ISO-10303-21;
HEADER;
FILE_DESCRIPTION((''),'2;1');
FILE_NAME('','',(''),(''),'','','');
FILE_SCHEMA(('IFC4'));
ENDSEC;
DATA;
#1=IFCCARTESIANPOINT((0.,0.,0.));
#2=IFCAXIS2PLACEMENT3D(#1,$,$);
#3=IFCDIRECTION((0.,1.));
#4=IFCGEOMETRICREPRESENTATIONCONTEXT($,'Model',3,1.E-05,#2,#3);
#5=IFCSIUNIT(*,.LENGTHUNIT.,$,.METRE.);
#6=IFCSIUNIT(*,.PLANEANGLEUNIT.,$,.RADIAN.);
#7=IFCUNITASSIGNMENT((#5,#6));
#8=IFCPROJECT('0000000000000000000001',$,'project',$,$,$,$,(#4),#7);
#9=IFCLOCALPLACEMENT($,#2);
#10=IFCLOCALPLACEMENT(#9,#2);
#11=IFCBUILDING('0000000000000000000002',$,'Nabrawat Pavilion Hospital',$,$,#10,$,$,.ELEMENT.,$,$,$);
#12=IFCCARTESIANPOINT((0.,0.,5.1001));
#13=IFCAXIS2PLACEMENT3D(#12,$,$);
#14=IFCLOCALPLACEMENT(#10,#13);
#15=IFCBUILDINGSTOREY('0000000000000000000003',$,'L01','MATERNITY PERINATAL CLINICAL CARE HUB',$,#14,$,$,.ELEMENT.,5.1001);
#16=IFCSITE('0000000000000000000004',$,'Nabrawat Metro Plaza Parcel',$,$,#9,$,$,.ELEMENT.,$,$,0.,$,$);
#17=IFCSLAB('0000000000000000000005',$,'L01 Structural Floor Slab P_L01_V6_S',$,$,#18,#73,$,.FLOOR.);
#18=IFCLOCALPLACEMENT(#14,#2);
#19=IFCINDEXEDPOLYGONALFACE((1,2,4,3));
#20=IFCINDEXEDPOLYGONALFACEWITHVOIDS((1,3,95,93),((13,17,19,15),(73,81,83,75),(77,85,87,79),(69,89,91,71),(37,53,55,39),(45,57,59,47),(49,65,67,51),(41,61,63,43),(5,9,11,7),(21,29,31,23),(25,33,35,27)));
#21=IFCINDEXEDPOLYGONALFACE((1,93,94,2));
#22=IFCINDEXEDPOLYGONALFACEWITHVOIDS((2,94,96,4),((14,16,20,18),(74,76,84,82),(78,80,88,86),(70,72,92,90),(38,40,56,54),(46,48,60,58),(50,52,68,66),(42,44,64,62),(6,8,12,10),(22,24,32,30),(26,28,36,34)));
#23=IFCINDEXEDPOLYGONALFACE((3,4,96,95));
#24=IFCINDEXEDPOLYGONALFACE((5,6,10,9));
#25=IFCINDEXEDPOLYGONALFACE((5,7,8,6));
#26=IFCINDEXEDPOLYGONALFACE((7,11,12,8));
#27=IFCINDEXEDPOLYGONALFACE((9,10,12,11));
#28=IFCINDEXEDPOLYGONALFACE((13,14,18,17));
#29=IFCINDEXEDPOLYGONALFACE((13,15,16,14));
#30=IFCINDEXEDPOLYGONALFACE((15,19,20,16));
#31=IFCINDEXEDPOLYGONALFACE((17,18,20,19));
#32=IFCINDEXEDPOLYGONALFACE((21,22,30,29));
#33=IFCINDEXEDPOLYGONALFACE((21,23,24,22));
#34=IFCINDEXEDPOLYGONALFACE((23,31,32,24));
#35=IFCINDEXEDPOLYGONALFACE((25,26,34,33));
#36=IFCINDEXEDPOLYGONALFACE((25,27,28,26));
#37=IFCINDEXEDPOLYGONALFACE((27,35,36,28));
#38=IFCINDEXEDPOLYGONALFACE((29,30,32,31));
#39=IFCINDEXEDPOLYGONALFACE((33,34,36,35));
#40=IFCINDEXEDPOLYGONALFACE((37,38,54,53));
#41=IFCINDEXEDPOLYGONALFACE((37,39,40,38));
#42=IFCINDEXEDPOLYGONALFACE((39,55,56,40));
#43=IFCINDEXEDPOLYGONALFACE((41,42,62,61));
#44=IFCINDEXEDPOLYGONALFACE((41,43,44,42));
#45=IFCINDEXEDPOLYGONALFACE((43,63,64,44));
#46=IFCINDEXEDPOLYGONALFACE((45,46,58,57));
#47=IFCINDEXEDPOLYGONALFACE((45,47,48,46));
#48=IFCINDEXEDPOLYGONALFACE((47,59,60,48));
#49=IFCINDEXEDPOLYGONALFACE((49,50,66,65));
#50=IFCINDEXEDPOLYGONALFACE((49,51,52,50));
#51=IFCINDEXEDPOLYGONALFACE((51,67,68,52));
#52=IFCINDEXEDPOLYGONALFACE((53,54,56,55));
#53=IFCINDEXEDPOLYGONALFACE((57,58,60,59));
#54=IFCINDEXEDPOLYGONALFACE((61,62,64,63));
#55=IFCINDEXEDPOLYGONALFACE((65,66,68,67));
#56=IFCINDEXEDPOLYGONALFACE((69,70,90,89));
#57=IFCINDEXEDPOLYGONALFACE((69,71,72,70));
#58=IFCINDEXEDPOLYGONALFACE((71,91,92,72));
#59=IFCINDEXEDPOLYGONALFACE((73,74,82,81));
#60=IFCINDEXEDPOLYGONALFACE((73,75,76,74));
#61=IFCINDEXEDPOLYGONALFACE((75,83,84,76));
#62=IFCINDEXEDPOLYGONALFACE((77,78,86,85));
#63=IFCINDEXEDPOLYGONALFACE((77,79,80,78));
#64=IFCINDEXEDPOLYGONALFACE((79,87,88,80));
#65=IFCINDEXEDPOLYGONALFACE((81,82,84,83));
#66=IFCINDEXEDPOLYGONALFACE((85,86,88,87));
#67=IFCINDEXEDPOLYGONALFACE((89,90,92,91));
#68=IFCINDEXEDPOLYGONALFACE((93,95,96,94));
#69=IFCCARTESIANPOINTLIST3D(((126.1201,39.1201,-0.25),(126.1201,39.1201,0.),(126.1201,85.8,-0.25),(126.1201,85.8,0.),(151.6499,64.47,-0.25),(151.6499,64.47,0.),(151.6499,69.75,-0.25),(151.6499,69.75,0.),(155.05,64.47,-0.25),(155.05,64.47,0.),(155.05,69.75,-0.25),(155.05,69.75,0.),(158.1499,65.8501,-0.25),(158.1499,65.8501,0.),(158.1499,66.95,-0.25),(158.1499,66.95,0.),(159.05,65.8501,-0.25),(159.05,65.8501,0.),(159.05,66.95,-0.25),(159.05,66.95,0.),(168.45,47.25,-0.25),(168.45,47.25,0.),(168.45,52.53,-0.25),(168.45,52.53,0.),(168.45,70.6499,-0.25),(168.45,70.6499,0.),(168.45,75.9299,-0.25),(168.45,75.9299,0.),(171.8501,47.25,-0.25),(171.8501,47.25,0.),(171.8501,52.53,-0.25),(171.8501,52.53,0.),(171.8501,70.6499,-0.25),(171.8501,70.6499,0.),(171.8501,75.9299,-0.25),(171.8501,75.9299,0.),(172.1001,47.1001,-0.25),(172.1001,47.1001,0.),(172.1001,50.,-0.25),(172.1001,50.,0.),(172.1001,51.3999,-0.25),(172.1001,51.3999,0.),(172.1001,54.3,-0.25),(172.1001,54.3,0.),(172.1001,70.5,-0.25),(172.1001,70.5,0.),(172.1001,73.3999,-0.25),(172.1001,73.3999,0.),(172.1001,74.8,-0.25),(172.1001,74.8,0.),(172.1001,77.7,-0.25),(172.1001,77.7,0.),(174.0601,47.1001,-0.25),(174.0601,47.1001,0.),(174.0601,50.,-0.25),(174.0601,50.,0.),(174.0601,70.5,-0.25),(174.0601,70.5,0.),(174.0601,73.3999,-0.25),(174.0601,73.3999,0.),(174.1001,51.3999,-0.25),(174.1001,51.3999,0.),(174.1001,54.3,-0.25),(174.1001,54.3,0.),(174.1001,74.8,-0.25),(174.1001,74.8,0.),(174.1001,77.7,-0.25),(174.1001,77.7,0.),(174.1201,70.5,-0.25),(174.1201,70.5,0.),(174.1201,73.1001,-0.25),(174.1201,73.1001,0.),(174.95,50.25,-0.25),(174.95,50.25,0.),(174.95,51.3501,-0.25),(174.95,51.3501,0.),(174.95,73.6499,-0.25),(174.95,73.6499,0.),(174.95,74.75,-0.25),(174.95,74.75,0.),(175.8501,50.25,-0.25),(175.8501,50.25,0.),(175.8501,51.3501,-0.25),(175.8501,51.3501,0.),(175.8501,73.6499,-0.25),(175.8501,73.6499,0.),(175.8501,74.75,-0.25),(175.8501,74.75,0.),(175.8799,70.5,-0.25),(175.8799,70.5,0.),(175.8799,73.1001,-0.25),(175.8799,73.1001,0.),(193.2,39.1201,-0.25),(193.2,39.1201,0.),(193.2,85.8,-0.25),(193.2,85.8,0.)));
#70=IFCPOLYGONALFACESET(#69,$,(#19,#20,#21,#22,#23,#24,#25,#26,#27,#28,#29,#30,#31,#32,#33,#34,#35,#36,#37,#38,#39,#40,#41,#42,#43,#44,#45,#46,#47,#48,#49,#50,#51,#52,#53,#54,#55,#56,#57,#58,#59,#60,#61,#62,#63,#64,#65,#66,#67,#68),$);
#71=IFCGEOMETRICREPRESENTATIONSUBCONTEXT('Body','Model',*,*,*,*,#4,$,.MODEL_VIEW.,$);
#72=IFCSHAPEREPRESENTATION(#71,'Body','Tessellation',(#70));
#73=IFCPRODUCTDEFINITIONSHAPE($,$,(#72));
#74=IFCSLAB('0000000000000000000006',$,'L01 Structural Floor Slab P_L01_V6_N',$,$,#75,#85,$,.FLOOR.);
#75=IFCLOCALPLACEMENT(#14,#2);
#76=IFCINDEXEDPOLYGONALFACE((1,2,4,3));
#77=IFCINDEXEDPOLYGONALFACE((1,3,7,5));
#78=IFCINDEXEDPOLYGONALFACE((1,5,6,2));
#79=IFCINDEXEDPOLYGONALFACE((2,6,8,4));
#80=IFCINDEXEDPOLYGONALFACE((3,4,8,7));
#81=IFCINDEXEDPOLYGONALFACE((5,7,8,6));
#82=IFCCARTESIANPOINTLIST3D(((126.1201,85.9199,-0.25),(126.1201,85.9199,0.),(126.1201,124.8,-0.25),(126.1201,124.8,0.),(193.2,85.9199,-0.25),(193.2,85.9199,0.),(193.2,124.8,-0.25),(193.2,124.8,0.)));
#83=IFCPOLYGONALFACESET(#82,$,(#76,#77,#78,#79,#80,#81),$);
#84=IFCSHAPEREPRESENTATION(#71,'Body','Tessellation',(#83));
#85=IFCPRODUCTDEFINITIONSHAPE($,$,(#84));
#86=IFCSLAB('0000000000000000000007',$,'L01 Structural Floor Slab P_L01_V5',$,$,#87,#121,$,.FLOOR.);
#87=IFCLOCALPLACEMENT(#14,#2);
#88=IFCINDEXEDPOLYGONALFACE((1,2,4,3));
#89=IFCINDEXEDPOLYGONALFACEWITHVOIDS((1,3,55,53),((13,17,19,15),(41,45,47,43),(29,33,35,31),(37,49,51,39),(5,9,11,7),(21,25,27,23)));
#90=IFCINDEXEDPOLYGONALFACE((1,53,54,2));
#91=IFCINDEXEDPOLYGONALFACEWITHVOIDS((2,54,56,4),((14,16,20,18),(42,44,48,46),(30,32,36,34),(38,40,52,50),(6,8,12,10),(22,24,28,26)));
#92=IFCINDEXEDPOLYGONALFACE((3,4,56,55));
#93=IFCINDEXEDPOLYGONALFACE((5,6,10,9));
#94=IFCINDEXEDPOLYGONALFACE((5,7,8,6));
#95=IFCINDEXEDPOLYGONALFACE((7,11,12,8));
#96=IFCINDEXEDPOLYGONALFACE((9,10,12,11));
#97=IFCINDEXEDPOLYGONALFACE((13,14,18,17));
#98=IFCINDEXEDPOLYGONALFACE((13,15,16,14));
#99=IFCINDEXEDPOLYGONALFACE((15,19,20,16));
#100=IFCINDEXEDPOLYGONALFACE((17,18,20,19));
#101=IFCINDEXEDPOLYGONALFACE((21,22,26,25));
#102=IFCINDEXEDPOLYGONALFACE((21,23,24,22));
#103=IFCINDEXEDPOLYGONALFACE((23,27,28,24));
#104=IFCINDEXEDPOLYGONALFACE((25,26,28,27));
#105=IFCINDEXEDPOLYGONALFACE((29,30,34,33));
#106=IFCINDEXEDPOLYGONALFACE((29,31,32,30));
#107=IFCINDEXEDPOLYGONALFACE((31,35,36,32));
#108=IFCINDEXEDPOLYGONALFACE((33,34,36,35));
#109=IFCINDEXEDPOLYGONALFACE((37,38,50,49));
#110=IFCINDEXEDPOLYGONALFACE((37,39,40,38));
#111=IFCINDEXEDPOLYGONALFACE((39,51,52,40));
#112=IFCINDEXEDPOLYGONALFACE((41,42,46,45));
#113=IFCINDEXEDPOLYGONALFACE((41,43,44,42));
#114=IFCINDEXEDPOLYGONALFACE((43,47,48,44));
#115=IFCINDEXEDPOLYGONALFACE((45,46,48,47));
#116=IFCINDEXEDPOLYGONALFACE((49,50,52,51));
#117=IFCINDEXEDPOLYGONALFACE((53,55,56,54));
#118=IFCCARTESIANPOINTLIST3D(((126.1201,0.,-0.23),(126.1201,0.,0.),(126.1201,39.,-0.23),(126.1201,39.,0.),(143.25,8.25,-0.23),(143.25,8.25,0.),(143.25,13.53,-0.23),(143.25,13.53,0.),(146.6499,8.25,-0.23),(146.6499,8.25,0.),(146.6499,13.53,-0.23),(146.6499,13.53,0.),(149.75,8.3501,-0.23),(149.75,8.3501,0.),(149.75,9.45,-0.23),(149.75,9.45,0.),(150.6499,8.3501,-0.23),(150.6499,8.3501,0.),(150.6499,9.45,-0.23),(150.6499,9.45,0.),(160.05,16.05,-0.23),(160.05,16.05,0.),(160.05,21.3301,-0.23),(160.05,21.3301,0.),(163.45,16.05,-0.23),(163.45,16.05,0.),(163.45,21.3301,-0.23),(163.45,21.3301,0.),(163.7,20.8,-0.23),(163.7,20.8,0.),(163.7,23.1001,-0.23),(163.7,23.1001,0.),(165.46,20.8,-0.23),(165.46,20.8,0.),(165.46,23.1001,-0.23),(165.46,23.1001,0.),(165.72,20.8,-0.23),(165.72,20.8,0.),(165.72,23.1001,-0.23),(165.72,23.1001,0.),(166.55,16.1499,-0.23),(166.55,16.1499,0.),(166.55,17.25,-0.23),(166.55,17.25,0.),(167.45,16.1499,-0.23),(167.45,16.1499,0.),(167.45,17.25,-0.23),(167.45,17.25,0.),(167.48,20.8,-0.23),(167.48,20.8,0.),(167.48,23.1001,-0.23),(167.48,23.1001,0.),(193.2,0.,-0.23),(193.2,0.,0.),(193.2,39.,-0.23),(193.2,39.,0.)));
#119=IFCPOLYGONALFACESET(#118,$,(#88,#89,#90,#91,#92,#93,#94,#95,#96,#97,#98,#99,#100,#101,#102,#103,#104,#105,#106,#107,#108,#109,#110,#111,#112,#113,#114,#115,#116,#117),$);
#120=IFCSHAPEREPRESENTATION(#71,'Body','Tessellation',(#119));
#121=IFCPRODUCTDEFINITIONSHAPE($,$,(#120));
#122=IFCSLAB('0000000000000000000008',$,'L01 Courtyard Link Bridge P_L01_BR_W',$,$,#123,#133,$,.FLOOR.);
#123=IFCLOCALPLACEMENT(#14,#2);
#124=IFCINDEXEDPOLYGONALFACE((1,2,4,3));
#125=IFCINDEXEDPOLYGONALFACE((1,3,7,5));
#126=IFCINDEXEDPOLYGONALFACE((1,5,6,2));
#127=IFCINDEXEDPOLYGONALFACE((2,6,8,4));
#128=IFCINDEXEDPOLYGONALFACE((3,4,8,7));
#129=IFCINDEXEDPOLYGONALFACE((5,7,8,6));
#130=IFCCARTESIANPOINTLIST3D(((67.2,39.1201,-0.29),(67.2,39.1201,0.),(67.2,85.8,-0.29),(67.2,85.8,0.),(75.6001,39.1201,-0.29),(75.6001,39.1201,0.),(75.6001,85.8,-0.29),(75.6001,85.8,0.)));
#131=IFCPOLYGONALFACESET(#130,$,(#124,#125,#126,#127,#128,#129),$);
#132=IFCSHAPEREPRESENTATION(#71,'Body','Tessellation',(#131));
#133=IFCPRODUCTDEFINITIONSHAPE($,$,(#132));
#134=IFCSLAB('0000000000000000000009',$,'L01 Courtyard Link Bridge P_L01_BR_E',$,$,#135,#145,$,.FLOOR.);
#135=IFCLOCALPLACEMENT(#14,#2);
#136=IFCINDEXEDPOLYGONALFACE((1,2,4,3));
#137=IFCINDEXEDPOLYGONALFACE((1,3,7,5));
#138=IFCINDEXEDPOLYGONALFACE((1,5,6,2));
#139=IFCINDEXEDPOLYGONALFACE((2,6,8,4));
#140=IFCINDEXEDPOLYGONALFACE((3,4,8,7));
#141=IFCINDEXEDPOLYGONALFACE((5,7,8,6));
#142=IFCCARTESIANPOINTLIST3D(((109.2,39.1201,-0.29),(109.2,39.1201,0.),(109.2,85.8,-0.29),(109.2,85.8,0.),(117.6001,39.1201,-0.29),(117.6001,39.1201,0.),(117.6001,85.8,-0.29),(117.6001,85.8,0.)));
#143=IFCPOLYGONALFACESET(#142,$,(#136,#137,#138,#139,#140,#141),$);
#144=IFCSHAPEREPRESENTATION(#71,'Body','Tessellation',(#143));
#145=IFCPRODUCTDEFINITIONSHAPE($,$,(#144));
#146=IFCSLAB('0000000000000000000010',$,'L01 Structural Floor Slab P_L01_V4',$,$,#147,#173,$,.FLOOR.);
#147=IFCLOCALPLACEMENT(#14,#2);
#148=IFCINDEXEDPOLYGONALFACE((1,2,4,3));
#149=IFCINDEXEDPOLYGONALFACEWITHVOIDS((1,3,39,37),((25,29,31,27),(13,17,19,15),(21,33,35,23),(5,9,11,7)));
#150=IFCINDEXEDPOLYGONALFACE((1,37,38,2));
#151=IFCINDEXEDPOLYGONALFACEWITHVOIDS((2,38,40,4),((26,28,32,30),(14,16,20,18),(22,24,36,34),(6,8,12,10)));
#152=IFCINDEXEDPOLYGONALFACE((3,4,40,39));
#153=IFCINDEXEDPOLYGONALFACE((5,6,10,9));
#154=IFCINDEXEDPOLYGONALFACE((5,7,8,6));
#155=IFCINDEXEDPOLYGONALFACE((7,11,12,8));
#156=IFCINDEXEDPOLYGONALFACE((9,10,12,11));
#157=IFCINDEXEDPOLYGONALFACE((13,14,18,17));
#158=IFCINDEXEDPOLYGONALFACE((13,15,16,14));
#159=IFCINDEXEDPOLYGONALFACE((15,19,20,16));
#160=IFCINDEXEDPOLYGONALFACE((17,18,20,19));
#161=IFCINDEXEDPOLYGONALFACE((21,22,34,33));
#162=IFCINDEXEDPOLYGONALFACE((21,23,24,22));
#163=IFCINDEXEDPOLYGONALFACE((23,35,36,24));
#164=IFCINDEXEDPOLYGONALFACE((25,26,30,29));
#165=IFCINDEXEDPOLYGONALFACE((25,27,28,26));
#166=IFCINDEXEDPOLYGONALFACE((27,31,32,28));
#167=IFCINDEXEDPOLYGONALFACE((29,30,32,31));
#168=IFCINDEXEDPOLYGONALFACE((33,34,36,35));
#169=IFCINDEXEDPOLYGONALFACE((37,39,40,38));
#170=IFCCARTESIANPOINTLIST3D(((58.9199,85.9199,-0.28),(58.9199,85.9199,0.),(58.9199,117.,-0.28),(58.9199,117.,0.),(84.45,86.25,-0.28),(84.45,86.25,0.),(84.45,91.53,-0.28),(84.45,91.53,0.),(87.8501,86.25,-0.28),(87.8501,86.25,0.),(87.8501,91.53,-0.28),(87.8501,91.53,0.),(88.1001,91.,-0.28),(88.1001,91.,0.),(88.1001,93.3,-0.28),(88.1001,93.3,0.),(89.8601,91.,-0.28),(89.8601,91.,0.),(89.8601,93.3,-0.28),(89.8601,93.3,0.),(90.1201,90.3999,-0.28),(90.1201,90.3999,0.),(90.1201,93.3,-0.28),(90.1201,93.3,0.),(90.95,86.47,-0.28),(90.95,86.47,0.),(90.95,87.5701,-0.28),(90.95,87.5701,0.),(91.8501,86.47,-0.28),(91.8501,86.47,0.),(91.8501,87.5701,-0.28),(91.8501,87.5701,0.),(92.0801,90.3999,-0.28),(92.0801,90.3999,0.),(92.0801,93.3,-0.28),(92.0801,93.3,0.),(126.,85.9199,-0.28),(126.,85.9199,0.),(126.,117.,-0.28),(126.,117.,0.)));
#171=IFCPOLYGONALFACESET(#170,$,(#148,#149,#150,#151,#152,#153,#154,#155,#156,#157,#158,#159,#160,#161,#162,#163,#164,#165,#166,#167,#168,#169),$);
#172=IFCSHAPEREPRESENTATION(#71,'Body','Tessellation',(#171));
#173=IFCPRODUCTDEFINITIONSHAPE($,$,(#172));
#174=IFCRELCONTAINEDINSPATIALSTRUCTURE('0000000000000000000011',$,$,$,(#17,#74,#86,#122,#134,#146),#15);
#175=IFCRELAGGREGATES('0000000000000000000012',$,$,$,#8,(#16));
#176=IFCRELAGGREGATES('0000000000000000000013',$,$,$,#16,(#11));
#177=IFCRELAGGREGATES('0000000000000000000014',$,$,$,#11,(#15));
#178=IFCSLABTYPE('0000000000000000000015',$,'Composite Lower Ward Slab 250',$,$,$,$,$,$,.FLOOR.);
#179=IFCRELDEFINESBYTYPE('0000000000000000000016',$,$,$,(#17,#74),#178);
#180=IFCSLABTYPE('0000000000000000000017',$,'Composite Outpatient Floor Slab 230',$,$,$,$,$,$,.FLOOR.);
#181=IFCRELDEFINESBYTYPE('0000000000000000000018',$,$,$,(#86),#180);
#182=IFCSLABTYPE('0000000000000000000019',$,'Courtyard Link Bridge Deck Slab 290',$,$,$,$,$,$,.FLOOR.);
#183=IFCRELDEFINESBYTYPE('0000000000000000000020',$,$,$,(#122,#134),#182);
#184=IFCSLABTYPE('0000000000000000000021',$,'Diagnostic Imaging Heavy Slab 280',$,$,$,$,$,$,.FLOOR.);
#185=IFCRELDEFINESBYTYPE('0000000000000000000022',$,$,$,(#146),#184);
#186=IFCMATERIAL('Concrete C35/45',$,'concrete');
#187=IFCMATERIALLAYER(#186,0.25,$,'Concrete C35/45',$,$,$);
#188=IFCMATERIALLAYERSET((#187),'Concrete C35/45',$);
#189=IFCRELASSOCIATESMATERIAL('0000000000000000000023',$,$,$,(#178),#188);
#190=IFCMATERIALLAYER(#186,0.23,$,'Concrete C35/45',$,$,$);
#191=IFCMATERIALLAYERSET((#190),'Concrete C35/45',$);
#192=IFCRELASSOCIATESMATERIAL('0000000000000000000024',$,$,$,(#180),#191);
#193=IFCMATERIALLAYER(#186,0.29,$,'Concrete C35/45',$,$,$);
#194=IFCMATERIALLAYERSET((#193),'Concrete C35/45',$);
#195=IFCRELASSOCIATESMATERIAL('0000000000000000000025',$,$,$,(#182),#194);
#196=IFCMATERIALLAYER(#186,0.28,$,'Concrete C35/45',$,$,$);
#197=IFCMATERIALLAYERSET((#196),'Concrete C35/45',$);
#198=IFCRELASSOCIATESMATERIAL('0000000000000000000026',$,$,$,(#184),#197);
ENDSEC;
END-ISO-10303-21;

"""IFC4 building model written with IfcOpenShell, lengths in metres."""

from ifc_helpers import new_model, si_unit, direction, frame, origin, place, context, subcontext, project, spatial, polyline, outline, extrude, material, layer, layer_set, type_object, element, save


model = new_model("IFC4")

# Units and contexts
model_context = context("Model", 3, precision=1e-05, world=origin(), true_north=direction((0.0, 1.0)))
body_context = subcontext(model_context, "Body", "Model", "MODEL_VIEW")
ifc_project = project(units=[si_unit("LENGTHUNIT", "METRE"), si_unit("PLANEANGLEUNIT", "RADIAN")], contexts=[model_context])

# Site, building, storey
site_placement = place(None, origin())
site = spatial("IfcSite", under=ifc_project, at=site_placement, Name="Nabrawat Metro Plaza Parcel", CompositionType="ELEMENT", RefElevation=0.0)
building_placement = place(site_placement, origin())
building = spatial("IfcBuilding", under=site, at=building_placement, Name="Nabrawat Pavilion Hospital", CompositionType="ELEMENT")
storey_placement = place(building_placement, frame((0.0, 0.0, 5.1001)))
storey = spatial("IfcBuildingStorey", under=building, at=storey_placement, Name="L01", Description="MATERNITY PERINATAL CLINICAL CARE HUB", CompositionType="ELEMENT", Elevation=5.1001)

# Slabs
ifc_material_1 = material(Name="Concrete C35/45", Category="concrete")
ifc_layer_1 = layer(ifc_material_1, 0.25, Name="Concrete C35/45")
ifc_layer_set_1 = layer_set([ifc_layer_1], Name="Concrete C35/45")
slab_type_1 = type_object("IfcSlabType", Name="Composite Lower Ward Slab 250", PredefinedType="FLOOR", material=ifc_layer_set_1)
slab_1_placement = place(storey_placement, frame((0.0, 0.0, -0.25)))
element("IfcSlab", 1, at=slab_1_placement, inside=storey, type_object=slab_type_1, Name="L01 Structural Floor Slab P_L01_V6_S", PredefinedType="FLOOR", context=body_context, shape_type="SweptSolid", body=[
    extrude(outline(polyline([(126.1201, 39.1201), (193.2, 39.1201), (193.2, 85.8), (126.1201, 85.8), (126.1201, 39.1201)]), holes=[polyline([(175.8799, 73.1001), (175.8799, 70.5), (174.1201, 70.5), (174.1201, 73.1001), (175.8799, 73.1001)]), polyline([(174.95, 50.25), (174.95, 51.3501), (175.8501, 51.3501), (175.8501, 50.25), (174.95, 50.25)]), polyline([(174.95, 73.6499), (174.95, 74.75), (175.8501, 74.75), (175.8501, 73.6499), (174.95, 73.6499)]), polyline([(172.1001, 51.3999), (172.1001, 54.3), (174.1001, 54.3), (174.1001, 51.3999), (172.1001, 51.3999)]), polyline([(172.1001, 74.8), (172.1001, 77.7), (174.1001, 77.7), (174.1001, 74.8), (172.1001, 74.8)]), polyline([(174.0601, 50.0), (174.0601, 47.1001), (172.1001, 47.1001), (172.1001, 50.0), (174.0601, 50.0)]), polyline([(172.1001, 70.5), (172.1001, 73.3999), (174.0601, 73.3999), (174.0601, 70.5), (172.1001, 70.5)]), polyline([(171.8501, 47.25), (168.45, 47.25), (168.45, 52.53), (171.8501, 52.53), (171.8501, 47.25)]), polyline([(171.8501, 70.6499), (168.45, 70.6499), (168.45, 75.9299), (171.8501, 75.9299), (171.8501, 70.6499)]), polyline([(159.05, 66.95), (159.05, 65.8501), (158.1499, 65.8501), (158.1499, 66.95), (159.05, 66.95)]), polyline([(155.05, 64.47), (151.6499, 64.47), (151.6499, 69.75), (155.05, 69.75), (155.05, 64.47)])]), origin(), (0.0, 0.0, 1.0), 0.25),
])
slab_2_placement = place(storey_placement, frame((0.0, 0.0, -0.25)))
element("IfcSlab", 2, at=slab_2_placement, inside=storey, type_object=slab_type_1, Name="L01 Structural Floor Slab P_L01_V6_N", PredefinedType="FLOOR", context=body_context, shape_type="SweptSolid", body=[
    extrude(outline(polyline([(193.2, 85.9199), (193.2, 124.8), (126.1201, 124.8), (126.1201, 85.9199), (193.2, 85.9199)])), origin(), (0.0, 0.0, 1.0), 0.25),
])
ifc_layer_2 = layer(ifc_material_1, 0.23, Name="Concrete C35/45")
ifc_layer_set_2 = layer_set([ifc_layer_2], Name="Concrete C35/45")
slab_type_2 = type_object("IfcSlabType", Name="Composite Outpatient Floor Slab 230", PredefinedType="FLOOR", material=ifc_layer_set_2)
slab_3_placement = place(storey_placement, frame((0.0, 0.0, -0.23)))
element("IfcSlab", 3, at=slab_3_placement, inside=storey, type_object=slab_type_2, Name="L01 Structural Floor Slab P_L01_V5", PredefinedType="FLOOR", context=body_context, shape_type="SweptSolid", body=[
    extrude(outline(polyline([(126.1201, 0.0), (193.2, 0.0), (193.2, 39.0), (126.1201, 39.0), (126.1201, 0.0)]), holes=[polyline([(167.48, 23.1001), (167.48, 20.8), (165.72, 20.8), (165.72, 23.1001), (167.48, 23.1001)]), polyline([(167.45, 17.25), (167.45, 16.1499), (166.55, 16.1499), (166.55, 17.25), (167.45, 17.25)]), polyline([(165.46, 23.1001), (165.46, 20.8), (163.7, 20.8), (163.7, 23.1001), (165.46, 23.1001)]), polyline([(160.05, 21.3301), (163.45, 21.3301), (163.45, 16.05), (160.05, 16.05), (160.05, 21.3301)]), polyline([(149.75, 8.3501), (149.75, 9.45), (150.6499, 9.45), (150.6499, 8.3501), (149.75, 8.3501)]), polyline([(146.6499, 8.25), (143.25, 8.25), (143.25, 13.53), (146.6499, 13.53), (146.6499, 8.25)])]), origin(), (0.0, 0.0, 1.0), 0.23),
])
ifc_layer_3 = layer(ifc_material_1, 0.29, Name="Concrete C35/45")
ifc_layer_set_3 = layer_set([ifc_layer_3], Name="Concrete C35/45")
slab_type_3 = type_object("IfcSlabType", Name="Courtyard Link Bridge Deck Slab 290", PredefinedType="FLOOR", material=ifc_layer_set_3)
slab_4_placement = place(storey_placement, frame((0.0, 0.0, -0.29)))
element("IfcSlab", 4, at=slab_4_placement, inside=storey, type_object=slab_type_3, Name="L01 Courtyard Link Bridge P_L01_BR_W", PredefinedType="FLOOR", context=body_context, shape_type="SweptSolid", body=[
    extrude(outline(polyline([(75.6001, 39.1201), (75.6001, 85.8), (67.2, 85.8), (67.2, 39.1201), (75.6001, 39.1201)])), origin(), (0.0, 0.0, 1.0), 0.29),
])
slab_5_placement = place(storey_placement, frame((0.0, 0.0, -0.29)))
element("IfcSlab", 5, at=slab_5_placement, inside=storey, type_object=slab_type_3, Name="L01 Courtyard Link Bridge P_L01_BR_E", PredefinedType="FLOOR", context=body_context, shape_type="SweptSolid", body=[
    extrude(outline(polyline([(117.6001, 39.1201), (117.6001, 85.8), (109.2, 85.8), (109.2, 39.1201), (117.6001, 39.1201)])), origin(), (0.0, 0.0, 1.0), 0.29),
])
ifc_layer_4 = layer(ifc_material_1, 0.28, Name="Concrete C35/45")
ifc_layer_set_4 = layer_set([ifc_layer_4], Name="Concrete C35/45")
slab_type_4 = type_object("IfcSlabType", Name="Diagnostic Imaging Heavy Slab 280", PredefinedType="FLOOR", material=ifc_layer_set_4)
slab_6_placement = place(storey_placement, frame((0.0, 0.0, -0.28)))
element("IfcSlab", 6, at=slab_6_placement, inside=storey, type_object=slab_type_4, Name="L01 Structural Floor Slab P_L01_V4", PredefinedType="FLOOR", context=body_context, shape_type="SweptSolid", body=[
    extrude(outline(polyline([(58.9199, 85.9199), (126.0, 85.9199), (126.0, 117.0), (58.9199, 117.0), (58.9199, 85.9199)]), holes=[polyline([(90.1201, 90.3999), (90.1201, 93.3), (92.0801, 93.3), (92.0801, 90.3999), (90.1201, 90.3999)]), polyline([(90.95, 86.47), (90.95, 87.5701), (91.8501, 87.5701), (91.8501, 86.47), (90.95, 86.47)]), polyline([(88.1001, 91.0), (88.1001, 93.3), (89.8601, 93.3), (89.8601, 91.0), (88.1001, 91.0)]), polyline([(84.45, 91.53), (87.8501, 91.53), (87.8501, 86.25), (84.45, 86.25), (84.45, 91.53)])]), origin(), (0.0, 0.0, 1.0), 0.28),
])

save(model, "model.ifc")
